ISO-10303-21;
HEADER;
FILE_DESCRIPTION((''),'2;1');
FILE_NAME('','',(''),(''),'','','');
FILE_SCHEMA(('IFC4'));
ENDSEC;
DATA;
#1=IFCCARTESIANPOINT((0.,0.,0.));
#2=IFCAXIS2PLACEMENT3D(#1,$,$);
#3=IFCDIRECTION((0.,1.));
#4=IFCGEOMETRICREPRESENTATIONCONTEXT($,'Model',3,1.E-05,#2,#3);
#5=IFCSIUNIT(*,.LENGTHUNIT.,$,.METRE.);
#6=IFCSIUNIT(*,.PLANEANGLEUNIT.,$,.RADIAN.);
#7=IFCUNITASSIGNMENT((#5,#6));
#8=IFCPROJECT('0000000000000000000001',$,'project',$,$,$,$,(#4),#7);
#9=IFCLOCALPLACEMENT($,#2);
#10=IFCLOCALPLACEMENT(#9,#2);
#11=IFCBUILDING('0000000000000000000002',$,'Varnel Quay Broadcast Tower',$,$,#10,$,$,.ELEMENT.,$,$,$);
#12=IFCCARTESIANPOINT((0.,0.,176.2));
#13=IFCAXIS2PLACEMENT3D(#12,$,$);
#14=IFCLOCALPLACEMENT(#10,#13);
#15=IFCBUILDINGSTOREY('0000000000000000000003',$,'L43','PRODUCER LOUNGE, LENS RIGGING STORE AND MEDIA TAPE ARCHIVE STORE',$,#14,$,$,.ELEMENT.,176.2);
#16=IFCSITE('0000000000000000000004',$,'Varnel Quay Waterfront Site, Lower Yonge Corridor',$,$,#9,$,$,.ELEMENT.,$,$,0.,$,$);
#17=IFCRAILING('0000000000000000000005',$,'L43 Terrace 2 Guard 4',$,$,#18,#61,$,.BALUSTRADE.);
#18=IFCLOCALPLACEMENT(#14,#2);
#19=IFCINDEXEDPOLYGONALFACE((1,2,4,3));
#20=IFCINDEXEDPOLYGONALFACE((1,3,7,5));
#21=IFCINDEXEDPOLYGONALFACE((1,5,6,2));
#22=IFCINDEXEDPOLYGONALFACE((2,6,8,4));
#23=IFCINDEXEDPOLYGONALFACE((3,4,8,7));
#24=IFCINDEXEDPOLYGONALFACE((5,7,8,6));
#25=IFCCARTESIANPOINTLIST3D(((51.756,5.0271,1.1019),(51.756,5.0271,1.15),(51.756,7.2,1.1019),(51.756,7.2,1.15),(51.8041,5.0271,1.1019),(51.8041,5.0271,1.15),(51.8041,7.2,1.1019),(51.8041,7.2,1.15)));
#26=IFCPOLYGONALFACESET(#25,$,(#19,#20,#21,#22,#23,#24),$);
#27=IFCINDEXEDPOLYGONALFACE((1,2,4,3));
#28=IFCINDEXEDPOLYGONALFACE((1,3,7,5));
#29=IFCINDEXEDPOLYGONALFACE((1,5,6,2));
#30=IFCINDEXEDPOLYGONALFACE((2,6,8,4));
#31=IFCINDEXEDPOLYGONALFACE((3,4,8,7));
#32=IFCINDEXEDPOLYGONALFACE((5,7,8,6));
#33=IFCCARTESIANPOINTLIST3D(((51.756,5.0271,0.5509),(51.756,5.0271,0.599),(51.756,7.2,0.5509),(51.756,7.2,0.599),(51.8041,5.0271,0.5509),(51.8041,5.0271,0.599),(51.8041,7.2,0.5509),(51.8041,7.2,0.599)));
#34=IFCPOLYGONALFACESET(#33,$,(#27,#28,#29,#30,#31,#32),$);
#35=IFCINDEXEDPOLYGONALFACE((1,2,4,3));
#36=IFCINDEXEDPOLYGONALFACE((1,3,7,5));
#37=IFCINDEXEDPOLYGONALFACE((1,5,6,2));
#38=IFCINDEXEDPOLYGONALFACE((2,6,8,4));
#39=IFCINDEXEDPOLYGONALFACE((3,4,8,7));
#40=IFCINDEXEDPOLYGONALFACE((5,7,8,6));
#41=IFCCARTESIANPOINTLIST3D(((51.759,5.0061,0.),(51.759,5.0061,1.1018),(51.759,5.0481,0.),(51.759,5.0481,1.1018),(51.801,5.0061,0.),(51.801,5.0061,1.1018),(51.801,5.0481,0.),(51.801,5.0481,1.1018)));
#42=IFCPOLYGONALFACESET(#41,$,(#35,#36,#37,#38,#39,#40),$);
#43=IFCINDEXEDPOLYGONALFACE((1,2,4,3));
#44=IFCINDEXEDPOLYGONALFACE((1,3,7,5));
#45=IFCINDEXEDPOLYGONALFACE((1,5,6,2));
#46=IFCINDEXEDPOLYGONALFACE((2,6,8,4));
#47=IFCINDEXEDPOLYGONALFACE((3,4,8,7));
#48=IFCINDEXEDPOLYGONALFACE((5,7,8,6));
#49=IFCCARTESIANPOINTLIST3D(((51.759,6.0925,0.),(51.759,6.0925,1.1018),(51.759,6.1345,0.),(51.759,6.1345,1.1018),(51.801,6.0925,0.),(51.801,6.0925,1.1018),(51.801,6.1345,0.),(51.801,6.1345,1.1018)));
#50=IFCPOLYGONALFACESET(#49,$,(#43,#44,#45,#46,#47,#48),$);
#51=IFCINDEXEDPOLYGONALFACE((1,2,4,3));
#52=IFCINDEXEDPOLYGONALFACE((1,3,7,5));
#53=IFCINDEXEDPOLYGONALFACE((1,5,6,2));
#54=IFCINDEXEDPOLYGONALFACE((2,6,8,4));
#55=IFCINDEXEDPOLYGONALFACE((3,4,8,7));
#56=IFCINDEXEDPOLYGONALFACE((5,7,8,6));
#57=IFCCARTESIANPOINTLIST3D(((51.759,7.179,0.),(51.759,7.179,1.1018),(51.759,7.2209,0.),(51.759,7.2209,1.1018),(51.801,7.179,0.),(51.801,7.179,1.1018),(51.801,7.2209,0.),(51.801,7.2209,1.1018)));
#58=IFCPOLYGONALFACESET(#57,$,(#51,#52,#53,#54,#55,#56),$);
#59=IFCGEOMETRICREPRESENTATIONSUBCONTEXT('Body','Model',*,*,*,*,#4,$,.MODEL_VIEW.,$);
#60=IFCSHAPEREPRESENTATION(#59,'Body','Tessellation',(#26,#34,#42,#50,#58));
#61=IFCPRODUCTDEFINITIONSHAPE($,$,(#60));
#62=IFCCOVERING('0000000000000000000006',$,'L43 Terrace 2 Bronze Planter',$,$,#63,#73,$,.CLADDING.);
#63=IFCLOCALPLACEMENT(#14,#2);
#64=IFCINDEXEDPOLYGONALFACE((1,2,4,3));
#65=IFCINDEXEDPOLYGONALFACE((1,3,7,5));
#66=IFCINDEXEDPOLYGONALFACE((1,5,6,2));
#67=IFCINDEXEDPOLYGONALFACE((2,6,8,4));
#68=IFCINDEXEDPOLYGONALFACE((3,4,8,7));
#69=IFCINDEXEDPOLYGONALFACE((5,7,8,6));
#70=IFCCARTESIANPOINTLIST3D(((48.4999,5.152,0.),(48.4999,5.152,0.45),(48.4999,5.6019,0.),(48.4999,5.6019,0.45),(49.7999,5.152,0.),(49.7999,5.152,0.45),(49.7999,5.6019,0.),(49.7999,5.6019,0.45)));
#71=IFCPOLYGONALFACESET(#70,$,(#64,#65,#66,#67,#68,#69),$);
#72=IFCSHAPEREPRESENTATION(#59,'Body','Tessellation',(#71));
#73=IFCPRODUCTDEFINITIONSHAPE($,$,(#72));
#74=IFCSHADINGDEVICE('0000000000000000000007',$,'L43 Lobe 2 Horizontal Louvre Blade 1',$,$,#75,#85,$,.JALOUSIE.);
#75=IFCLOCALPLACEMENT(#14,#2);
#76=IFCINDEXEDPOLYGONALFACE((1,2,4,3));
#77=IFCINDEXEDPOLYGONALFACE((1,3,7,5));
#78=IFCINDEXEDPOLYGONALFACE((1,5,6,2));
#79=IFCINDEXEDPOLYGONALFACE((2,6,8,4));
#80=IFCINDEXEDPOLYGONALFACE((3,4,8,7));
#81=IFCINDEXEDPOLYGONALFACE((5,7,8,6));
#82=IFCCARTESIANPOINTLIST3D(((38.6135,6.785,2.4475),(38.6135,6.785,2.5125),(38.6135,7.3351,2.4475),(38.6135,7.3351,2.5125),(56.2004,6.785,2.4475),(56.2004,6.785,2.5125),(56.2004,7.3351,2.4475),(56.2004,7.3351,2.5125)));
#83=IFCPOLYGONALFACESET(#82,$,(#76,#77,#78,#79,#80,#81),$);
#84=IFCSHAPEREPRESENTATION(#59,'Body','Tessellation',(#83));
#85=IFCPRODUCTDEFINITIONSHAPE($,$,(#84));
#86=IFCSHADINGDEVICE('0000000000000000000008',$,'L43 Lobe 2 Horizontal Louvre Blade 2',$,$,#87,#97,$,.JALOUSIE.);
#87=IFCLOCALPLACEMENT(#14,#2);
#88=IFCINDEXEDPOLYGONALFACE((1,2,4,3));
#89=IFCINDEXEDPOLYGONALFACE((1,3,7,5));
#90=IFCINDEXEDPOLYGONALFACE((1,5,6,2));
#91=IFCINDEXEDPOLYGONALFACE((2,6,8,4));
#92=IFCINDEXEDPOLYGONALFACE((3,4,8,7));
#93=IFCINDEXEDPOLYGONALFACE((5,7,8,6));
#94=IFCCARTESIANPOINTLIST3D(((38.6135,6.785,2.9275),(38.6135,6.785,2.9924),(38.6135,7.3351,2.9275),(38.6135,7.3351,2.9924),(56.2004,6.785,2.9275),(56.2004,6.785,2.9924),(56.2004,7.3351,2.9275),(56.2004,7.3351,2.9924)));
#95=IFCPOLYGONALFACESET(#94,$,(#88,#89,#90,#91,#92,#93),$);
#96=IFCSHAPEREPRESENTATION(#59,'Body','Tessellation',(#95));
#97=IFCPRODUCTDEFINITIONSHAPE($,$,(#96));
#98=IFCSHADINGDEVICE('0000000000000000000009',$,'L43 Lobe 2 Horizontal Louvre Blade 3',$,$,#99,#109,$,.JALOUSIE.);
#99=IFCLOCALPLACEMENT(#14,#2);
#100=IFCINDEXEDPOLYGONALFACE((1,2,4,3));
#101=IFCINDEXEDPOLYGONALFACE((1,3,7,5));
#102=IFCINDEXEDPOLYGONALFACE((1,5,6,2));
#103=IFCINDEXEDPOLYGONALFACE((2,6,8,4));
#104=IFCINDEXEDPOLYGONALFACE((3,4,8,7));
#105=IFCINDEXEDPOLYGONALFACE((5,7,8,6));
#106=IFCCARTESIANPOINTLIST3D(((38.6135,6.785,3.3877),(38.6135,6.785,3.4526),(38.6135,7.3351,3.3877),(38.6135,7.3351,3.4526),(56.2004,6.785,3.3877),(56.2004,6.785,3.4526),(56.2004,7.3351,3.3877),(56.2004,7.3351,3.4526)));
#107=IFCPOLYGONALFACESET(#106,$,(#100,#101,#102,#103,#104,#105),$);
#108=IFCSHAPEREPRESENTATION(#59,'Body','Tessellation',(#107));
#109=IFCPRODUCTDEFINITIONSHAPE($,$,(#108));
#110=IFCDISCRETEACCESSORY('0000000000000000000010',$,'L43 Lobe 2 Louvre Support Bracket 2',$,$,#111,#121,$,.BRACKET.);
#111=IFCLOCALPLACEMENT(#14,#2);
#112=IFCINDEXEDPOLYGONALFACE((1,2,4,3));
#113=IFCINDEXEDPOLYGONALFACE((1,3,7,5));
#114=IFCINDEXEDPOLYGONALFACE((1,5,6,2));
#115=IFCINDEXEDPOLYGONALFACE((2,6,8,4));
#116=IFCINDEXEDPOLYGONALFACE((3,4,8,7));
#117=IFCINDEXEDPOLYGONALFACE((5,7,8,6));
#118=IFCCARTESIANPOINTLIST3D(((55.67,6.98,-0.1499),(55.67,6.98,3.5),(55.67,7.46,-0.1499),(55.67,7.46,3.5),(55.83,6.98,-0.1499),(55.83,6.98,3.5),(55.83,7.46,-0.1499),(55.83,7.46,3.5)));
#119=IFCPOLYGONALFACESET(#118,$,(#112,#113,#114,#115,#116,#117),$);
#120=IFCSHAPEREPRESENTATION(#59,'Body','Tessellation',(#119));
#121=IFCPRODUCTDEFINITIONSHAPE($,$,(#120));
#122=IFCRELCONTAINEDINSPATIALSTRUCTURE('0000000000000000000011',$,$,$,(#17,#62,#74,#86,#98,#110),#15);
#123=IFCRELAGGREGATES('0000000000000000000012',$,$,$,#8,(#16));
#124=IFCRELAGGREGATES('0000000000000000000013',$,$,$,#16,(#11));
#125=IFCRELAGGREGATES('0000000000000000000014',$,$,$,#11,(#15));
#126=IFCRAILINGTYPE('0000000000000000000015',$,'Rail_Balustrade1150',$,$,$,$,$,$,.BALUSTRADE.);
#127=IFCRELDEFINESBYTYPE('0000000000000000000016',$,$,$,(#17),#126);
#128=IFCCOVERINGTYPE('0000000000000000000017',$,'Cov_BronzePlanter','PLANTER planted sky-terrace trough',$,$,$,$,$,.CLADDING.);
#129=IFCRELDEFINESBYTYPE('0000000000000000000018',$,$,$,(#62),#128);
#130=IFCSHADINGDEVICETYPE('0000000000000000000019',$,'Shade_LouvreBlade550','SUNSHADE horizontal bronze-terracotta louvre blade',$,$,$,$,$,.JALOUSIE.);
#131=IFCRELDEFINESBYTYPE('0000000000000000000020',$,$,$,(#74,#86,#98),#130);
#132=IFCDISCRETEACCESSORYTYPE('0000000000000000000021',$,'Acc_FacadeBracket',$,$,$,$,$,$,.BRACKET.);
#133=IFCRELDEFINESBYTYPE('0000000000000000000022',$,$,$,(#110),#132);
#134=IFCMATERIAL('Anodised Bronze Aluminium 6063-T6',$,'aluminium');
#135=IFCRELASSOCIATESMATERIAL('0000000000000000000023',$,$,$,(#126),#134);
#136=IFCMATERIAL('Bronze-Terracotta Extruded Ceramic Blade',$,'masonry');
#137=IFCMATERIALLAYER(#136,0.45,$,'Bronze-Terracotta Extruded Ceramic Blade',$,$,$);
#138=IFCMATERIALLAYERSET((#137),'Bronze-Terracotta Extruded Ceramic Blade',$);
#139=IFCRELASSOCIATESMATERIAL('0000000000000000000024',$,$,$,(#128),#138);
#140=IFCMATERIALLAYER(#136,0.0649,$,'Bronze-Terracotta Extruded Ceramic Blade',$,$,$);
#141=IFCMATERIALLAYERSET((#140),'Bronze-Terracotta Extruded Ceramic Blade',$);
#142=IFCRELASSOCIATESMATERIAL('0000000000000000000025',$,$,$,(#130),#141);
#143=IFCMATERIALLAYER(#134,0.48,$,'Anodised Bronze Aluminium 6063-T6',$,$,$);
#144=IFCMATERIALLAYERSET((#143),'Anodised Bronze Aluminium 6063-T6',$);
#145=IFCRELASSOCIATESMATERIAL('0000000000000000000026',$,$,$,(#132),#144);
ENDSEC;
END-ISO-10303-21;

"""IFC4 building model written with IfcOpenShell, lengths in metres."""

from ifc_helpers import new_model, si_unit, direction, frame, origin, origin_2d, place, context, subcontext, project, spatial, rectangle, extrude, source, transform, mapped, material, layer, layer_set, type_object, type_shapes, element, save


model = new_model("IFC4")

# Units and contexts
model_context = context("Model", 3, precision=1e-05, world=origin(), true_north=direction((0.0, 1.0)))
body_context = subcontext(model_context, "Body", "Model", "MODEL_VIEW")
ifc_project = project(units=[si_unit("LENGTHUNIT", "METRE"), si_unit("PLANEANGLEUNIT", "RADIAN")], contexts=[model_context])

# Site, building, storey
site_placement = place(None, origin())
site = spatial("IfcSite", under=ifc_project, at=site_placement, Name="Varnel Quay Waterfront Site, Lower Yonge Corridor", CompositionType="ELEMENT", RefElevation=0.0)
building_placement = place(site_placement, origin())
building = spatial("IfcBuilding", under=site, at=building_placement, Name="Varnel Quay Broadcast Tower", CompositionType="ELEMENT")
storey_placement = place(building_placement, frame((0.0, 0.0, 176.2)))
storey = spatial("IfcBuildingStorey", under=building, at=storey_placement, Name="L43", Description="PRODUCER LOUNGE, LENS RIGGING STORE AND MEDIA TAPE ARCHIVE STORE", CompositionType="ELEMENT", Elevation=176.2)

# Shared definitions
ifc_material_1 = material(Name="Anodised Bronze Aluminium 6063-T6", Category="aluminium")

# Railing
railing_type = type_object("IfcRailingType", Name="Rail_Balustrade1150", PredefinedType="BALUSTRADE", material=ifc_material_1)
railing_1_placement = place(storey_placement, frame((51.78, 5.0271, 0.0)))
element("IfcRailing", 1, at=railing_1_placement, inside=storey, type_object=railing_type, Name="L43 Terrace 2 Guard 4", PredefinedType="BALUSTRADE", context=body_context, shape_type="SweptSolid", body=[
    extrude(rectangle(XDim=0.0481, YDim=0.0481, at=origin_2d()), frame((0.0, 0.0, 1.126), z_axis=(0.0, 1.0, 0.0), x_axis=(-1.0, 0.0, 0.0)), (0.0, 0.0, 1.0), 2.1729),
    extrude(rectangle(XDim=0.0481, YDim=0.0481, at=origin_2d()), frame((0.0, 0.0, 0.575), z_axis=(0.0, 1.0, 0.0), x_axis=(-1.0, 0.0, 0.0)), (0.0, 0.0, 1.0), 2.1729),
    extrude(rectangle(XDim=0.042, YDim=0.042, at=origin_2d()), origin(), (0.0, 0.0, 1.0), 1.1018),
    extrude(rectangle(XDim=0.042, YDim=0.042, at=origin_2d()), frame((0.0, 1.0864, 0.0)), (0.0, 0.0, 1.0), 1.1018),
    extrude(rectangle(XDim=0.042, YDim=0.042, at=origin_2d()), frame((0.0, 2.1729, 0.0)), (0.0, 0.0, 1.0), 1.1018),
])

# Covering
ifc_material_2 = material(Name="Bronze-Terracotta Extruded Ceramic Blade", Category="masonry")
ifc_layer_1 = layer(ifc_material_2, 0.45, Name="Bronze-Terracotta Extruded Ceramic Blade")
ifc_layer_set_1 = layer_set([ifc_layer_1], Name="Bronze-Terracotta Extruded Ceramic Blade")
covering_type = type_object("IfcCoveringType", Name="Cov_BronzePlanter", Description="PLANTER planted sky-terrace trough", PredefinedType="CLADDING", material=ifc_layer_set_1)
shared_shape_1 = source(origin(), body_context, "Body", "SweptSolid", [
    extrude(rectangle(XDim=1.3, YDim=0.45, at=origin_2d()), origin(), (0.0, 0.0, 1.0), 0.45),
])
type_shapes(covering_type, [shared_shape_1])
covering_placement = place(storey_placement, frame((49.1499, 5.377, 0.0), z_axis=(0.0, 0.0, 1.0), x_axis=(1.0, 0.0, 0.0)))
element("IfcCovering", 2, at=covering_placement, inside=storey, type_object=covering_type, Name="L43 Terrace 2 Bronze Planter", PredefinedType="CLADDING", context=body_context, shape_type="MappedRepresentation", body=[
    mapped(shared_shape_1, transform((0.0, 0.0, 0.0), x_axis=(1.0, 0.0, 0.0), y_axis=(0.0, 1.0, 0.0), z_axis=(0.0, 0.0, 1.0), scale=1.0)),
])

# Shading devices
ifc_layer_2 = layer(ifc_material_2, 0.0649, Name="Bronze-Terracotta Extruded Ceramic Blade")
ifc_layer_set_2 = layer_set([ifc_layer_2], Name="Bronze-Terracotta Extruded Ceramic Blade")
shading_device_type = type_object("IfcShadingDeviceType", Name="Shade_LouvreBlade550", Description="SUNSHADE horizontal bronze-terracotta louvre blade", PredefinedType="JALOUSIE", material=ifc_layer_set_2)
shared_shape_2 = source(origin(), body_context, "Body", "SweptSolid", [
    extrude(rectangle(XDim=17.5869, YDim=0.55, at=origin_2d()), origin(), (0.0, 0.0, 1.0), 0.0649),
])
type_shapes(shading_device_type, [shared_shape_2])
for number, where, z_axis, x_axis, name in (
    (3, (47.407, 7.0601, 2.4475), (0.0, 0.0, 1.0), (1.0, 0.0, 0.0), "L43 Lobe 2 Horizontal Louvre Blade 1"),
    (4, (47.407, 7.0601, 2.9275), (0.0, 0.0, 1.0), (1.0, 0.0, 0.0), "L43 Lobe 2 Horizontal Louvre Blade 2"),
    (5, (47.407, 7.0601, 3.3877), (0.0, 0.0, 1.0), (1.0, 0.0, 0.0), "L43 Lobe 2 Horizontal Louvre Blade 3"),
):
    element("IfcShadingDevice", number, at=place(storey_placement, frame(where, z_axis=z_axis, x_axis=x_axis)), inside=storey, type_object=shading_device_type, Name=name, PredefinedType="JALOUSIE", context=body_context, shape_type="MappedRepresentation", body=[
        mapped(shared_shape_2, transform((0.0, 0.0, 0.0), x_axis=(1.0, 0.0, 0.0), y_axis=(0.0, 1.0, 0.0), z_axis=(0.0, 0.0, 1.0), scale=1.0)),
    ])

# Discrete accessory
ifc_layer_3 = layer(ifc_material_1, 0.48, Name="Anodised Bronze Aluminium 6063-T6")
ifc_layer_set_3 = layer_set([ifc_layer_3], Name="Anodised Bronze Aluminium 6063-T6")
discrete_accessory_type = type_object("IfcDiscreteAccessoryType", Name="Acc_FacadeBracket", PredefinedType="BRACKET", material=ifc_layer_set_3)
shared_shape_3 = source(origin(), body_context, "Body", "SweptSolid", [
    extrude(rectangle(XDim=0.1599, YDim=0.48, at=origin_2d()), origin(), (0.0, 0.0, 1.0), 3.6499),
])
type_shapes(discrete_accessory_type, [shared_shape_3])
discrete_accessory_placement = place(storey_placement, frame((55.75, 7.22, -0.1499), z_axis=(0.0, 0.0, 1.0), x_axis=(1.0, 0.0, 0.0)))
element("IfcDiscreteAccessory", 6, at=discrete_accessory_placement, inside=storey, type_object=discrete_accessory_type, Name="L43 Lobe 2 Louvre Support Bracket 2", PredefinedType="BRACKET", context=body_context, shape_type="MappedRepresentation", body=[
    mapped(shared_shape_3, transform((0.0, 0.0, 0.0), x_axis=(1.0, 0.0, 0.0), y_axis=(0.0, 1.0, 0.0), z_axis=(0.0, 0.0, 1.0), scale=1.0)),
])

save(model, "model.ifc")
